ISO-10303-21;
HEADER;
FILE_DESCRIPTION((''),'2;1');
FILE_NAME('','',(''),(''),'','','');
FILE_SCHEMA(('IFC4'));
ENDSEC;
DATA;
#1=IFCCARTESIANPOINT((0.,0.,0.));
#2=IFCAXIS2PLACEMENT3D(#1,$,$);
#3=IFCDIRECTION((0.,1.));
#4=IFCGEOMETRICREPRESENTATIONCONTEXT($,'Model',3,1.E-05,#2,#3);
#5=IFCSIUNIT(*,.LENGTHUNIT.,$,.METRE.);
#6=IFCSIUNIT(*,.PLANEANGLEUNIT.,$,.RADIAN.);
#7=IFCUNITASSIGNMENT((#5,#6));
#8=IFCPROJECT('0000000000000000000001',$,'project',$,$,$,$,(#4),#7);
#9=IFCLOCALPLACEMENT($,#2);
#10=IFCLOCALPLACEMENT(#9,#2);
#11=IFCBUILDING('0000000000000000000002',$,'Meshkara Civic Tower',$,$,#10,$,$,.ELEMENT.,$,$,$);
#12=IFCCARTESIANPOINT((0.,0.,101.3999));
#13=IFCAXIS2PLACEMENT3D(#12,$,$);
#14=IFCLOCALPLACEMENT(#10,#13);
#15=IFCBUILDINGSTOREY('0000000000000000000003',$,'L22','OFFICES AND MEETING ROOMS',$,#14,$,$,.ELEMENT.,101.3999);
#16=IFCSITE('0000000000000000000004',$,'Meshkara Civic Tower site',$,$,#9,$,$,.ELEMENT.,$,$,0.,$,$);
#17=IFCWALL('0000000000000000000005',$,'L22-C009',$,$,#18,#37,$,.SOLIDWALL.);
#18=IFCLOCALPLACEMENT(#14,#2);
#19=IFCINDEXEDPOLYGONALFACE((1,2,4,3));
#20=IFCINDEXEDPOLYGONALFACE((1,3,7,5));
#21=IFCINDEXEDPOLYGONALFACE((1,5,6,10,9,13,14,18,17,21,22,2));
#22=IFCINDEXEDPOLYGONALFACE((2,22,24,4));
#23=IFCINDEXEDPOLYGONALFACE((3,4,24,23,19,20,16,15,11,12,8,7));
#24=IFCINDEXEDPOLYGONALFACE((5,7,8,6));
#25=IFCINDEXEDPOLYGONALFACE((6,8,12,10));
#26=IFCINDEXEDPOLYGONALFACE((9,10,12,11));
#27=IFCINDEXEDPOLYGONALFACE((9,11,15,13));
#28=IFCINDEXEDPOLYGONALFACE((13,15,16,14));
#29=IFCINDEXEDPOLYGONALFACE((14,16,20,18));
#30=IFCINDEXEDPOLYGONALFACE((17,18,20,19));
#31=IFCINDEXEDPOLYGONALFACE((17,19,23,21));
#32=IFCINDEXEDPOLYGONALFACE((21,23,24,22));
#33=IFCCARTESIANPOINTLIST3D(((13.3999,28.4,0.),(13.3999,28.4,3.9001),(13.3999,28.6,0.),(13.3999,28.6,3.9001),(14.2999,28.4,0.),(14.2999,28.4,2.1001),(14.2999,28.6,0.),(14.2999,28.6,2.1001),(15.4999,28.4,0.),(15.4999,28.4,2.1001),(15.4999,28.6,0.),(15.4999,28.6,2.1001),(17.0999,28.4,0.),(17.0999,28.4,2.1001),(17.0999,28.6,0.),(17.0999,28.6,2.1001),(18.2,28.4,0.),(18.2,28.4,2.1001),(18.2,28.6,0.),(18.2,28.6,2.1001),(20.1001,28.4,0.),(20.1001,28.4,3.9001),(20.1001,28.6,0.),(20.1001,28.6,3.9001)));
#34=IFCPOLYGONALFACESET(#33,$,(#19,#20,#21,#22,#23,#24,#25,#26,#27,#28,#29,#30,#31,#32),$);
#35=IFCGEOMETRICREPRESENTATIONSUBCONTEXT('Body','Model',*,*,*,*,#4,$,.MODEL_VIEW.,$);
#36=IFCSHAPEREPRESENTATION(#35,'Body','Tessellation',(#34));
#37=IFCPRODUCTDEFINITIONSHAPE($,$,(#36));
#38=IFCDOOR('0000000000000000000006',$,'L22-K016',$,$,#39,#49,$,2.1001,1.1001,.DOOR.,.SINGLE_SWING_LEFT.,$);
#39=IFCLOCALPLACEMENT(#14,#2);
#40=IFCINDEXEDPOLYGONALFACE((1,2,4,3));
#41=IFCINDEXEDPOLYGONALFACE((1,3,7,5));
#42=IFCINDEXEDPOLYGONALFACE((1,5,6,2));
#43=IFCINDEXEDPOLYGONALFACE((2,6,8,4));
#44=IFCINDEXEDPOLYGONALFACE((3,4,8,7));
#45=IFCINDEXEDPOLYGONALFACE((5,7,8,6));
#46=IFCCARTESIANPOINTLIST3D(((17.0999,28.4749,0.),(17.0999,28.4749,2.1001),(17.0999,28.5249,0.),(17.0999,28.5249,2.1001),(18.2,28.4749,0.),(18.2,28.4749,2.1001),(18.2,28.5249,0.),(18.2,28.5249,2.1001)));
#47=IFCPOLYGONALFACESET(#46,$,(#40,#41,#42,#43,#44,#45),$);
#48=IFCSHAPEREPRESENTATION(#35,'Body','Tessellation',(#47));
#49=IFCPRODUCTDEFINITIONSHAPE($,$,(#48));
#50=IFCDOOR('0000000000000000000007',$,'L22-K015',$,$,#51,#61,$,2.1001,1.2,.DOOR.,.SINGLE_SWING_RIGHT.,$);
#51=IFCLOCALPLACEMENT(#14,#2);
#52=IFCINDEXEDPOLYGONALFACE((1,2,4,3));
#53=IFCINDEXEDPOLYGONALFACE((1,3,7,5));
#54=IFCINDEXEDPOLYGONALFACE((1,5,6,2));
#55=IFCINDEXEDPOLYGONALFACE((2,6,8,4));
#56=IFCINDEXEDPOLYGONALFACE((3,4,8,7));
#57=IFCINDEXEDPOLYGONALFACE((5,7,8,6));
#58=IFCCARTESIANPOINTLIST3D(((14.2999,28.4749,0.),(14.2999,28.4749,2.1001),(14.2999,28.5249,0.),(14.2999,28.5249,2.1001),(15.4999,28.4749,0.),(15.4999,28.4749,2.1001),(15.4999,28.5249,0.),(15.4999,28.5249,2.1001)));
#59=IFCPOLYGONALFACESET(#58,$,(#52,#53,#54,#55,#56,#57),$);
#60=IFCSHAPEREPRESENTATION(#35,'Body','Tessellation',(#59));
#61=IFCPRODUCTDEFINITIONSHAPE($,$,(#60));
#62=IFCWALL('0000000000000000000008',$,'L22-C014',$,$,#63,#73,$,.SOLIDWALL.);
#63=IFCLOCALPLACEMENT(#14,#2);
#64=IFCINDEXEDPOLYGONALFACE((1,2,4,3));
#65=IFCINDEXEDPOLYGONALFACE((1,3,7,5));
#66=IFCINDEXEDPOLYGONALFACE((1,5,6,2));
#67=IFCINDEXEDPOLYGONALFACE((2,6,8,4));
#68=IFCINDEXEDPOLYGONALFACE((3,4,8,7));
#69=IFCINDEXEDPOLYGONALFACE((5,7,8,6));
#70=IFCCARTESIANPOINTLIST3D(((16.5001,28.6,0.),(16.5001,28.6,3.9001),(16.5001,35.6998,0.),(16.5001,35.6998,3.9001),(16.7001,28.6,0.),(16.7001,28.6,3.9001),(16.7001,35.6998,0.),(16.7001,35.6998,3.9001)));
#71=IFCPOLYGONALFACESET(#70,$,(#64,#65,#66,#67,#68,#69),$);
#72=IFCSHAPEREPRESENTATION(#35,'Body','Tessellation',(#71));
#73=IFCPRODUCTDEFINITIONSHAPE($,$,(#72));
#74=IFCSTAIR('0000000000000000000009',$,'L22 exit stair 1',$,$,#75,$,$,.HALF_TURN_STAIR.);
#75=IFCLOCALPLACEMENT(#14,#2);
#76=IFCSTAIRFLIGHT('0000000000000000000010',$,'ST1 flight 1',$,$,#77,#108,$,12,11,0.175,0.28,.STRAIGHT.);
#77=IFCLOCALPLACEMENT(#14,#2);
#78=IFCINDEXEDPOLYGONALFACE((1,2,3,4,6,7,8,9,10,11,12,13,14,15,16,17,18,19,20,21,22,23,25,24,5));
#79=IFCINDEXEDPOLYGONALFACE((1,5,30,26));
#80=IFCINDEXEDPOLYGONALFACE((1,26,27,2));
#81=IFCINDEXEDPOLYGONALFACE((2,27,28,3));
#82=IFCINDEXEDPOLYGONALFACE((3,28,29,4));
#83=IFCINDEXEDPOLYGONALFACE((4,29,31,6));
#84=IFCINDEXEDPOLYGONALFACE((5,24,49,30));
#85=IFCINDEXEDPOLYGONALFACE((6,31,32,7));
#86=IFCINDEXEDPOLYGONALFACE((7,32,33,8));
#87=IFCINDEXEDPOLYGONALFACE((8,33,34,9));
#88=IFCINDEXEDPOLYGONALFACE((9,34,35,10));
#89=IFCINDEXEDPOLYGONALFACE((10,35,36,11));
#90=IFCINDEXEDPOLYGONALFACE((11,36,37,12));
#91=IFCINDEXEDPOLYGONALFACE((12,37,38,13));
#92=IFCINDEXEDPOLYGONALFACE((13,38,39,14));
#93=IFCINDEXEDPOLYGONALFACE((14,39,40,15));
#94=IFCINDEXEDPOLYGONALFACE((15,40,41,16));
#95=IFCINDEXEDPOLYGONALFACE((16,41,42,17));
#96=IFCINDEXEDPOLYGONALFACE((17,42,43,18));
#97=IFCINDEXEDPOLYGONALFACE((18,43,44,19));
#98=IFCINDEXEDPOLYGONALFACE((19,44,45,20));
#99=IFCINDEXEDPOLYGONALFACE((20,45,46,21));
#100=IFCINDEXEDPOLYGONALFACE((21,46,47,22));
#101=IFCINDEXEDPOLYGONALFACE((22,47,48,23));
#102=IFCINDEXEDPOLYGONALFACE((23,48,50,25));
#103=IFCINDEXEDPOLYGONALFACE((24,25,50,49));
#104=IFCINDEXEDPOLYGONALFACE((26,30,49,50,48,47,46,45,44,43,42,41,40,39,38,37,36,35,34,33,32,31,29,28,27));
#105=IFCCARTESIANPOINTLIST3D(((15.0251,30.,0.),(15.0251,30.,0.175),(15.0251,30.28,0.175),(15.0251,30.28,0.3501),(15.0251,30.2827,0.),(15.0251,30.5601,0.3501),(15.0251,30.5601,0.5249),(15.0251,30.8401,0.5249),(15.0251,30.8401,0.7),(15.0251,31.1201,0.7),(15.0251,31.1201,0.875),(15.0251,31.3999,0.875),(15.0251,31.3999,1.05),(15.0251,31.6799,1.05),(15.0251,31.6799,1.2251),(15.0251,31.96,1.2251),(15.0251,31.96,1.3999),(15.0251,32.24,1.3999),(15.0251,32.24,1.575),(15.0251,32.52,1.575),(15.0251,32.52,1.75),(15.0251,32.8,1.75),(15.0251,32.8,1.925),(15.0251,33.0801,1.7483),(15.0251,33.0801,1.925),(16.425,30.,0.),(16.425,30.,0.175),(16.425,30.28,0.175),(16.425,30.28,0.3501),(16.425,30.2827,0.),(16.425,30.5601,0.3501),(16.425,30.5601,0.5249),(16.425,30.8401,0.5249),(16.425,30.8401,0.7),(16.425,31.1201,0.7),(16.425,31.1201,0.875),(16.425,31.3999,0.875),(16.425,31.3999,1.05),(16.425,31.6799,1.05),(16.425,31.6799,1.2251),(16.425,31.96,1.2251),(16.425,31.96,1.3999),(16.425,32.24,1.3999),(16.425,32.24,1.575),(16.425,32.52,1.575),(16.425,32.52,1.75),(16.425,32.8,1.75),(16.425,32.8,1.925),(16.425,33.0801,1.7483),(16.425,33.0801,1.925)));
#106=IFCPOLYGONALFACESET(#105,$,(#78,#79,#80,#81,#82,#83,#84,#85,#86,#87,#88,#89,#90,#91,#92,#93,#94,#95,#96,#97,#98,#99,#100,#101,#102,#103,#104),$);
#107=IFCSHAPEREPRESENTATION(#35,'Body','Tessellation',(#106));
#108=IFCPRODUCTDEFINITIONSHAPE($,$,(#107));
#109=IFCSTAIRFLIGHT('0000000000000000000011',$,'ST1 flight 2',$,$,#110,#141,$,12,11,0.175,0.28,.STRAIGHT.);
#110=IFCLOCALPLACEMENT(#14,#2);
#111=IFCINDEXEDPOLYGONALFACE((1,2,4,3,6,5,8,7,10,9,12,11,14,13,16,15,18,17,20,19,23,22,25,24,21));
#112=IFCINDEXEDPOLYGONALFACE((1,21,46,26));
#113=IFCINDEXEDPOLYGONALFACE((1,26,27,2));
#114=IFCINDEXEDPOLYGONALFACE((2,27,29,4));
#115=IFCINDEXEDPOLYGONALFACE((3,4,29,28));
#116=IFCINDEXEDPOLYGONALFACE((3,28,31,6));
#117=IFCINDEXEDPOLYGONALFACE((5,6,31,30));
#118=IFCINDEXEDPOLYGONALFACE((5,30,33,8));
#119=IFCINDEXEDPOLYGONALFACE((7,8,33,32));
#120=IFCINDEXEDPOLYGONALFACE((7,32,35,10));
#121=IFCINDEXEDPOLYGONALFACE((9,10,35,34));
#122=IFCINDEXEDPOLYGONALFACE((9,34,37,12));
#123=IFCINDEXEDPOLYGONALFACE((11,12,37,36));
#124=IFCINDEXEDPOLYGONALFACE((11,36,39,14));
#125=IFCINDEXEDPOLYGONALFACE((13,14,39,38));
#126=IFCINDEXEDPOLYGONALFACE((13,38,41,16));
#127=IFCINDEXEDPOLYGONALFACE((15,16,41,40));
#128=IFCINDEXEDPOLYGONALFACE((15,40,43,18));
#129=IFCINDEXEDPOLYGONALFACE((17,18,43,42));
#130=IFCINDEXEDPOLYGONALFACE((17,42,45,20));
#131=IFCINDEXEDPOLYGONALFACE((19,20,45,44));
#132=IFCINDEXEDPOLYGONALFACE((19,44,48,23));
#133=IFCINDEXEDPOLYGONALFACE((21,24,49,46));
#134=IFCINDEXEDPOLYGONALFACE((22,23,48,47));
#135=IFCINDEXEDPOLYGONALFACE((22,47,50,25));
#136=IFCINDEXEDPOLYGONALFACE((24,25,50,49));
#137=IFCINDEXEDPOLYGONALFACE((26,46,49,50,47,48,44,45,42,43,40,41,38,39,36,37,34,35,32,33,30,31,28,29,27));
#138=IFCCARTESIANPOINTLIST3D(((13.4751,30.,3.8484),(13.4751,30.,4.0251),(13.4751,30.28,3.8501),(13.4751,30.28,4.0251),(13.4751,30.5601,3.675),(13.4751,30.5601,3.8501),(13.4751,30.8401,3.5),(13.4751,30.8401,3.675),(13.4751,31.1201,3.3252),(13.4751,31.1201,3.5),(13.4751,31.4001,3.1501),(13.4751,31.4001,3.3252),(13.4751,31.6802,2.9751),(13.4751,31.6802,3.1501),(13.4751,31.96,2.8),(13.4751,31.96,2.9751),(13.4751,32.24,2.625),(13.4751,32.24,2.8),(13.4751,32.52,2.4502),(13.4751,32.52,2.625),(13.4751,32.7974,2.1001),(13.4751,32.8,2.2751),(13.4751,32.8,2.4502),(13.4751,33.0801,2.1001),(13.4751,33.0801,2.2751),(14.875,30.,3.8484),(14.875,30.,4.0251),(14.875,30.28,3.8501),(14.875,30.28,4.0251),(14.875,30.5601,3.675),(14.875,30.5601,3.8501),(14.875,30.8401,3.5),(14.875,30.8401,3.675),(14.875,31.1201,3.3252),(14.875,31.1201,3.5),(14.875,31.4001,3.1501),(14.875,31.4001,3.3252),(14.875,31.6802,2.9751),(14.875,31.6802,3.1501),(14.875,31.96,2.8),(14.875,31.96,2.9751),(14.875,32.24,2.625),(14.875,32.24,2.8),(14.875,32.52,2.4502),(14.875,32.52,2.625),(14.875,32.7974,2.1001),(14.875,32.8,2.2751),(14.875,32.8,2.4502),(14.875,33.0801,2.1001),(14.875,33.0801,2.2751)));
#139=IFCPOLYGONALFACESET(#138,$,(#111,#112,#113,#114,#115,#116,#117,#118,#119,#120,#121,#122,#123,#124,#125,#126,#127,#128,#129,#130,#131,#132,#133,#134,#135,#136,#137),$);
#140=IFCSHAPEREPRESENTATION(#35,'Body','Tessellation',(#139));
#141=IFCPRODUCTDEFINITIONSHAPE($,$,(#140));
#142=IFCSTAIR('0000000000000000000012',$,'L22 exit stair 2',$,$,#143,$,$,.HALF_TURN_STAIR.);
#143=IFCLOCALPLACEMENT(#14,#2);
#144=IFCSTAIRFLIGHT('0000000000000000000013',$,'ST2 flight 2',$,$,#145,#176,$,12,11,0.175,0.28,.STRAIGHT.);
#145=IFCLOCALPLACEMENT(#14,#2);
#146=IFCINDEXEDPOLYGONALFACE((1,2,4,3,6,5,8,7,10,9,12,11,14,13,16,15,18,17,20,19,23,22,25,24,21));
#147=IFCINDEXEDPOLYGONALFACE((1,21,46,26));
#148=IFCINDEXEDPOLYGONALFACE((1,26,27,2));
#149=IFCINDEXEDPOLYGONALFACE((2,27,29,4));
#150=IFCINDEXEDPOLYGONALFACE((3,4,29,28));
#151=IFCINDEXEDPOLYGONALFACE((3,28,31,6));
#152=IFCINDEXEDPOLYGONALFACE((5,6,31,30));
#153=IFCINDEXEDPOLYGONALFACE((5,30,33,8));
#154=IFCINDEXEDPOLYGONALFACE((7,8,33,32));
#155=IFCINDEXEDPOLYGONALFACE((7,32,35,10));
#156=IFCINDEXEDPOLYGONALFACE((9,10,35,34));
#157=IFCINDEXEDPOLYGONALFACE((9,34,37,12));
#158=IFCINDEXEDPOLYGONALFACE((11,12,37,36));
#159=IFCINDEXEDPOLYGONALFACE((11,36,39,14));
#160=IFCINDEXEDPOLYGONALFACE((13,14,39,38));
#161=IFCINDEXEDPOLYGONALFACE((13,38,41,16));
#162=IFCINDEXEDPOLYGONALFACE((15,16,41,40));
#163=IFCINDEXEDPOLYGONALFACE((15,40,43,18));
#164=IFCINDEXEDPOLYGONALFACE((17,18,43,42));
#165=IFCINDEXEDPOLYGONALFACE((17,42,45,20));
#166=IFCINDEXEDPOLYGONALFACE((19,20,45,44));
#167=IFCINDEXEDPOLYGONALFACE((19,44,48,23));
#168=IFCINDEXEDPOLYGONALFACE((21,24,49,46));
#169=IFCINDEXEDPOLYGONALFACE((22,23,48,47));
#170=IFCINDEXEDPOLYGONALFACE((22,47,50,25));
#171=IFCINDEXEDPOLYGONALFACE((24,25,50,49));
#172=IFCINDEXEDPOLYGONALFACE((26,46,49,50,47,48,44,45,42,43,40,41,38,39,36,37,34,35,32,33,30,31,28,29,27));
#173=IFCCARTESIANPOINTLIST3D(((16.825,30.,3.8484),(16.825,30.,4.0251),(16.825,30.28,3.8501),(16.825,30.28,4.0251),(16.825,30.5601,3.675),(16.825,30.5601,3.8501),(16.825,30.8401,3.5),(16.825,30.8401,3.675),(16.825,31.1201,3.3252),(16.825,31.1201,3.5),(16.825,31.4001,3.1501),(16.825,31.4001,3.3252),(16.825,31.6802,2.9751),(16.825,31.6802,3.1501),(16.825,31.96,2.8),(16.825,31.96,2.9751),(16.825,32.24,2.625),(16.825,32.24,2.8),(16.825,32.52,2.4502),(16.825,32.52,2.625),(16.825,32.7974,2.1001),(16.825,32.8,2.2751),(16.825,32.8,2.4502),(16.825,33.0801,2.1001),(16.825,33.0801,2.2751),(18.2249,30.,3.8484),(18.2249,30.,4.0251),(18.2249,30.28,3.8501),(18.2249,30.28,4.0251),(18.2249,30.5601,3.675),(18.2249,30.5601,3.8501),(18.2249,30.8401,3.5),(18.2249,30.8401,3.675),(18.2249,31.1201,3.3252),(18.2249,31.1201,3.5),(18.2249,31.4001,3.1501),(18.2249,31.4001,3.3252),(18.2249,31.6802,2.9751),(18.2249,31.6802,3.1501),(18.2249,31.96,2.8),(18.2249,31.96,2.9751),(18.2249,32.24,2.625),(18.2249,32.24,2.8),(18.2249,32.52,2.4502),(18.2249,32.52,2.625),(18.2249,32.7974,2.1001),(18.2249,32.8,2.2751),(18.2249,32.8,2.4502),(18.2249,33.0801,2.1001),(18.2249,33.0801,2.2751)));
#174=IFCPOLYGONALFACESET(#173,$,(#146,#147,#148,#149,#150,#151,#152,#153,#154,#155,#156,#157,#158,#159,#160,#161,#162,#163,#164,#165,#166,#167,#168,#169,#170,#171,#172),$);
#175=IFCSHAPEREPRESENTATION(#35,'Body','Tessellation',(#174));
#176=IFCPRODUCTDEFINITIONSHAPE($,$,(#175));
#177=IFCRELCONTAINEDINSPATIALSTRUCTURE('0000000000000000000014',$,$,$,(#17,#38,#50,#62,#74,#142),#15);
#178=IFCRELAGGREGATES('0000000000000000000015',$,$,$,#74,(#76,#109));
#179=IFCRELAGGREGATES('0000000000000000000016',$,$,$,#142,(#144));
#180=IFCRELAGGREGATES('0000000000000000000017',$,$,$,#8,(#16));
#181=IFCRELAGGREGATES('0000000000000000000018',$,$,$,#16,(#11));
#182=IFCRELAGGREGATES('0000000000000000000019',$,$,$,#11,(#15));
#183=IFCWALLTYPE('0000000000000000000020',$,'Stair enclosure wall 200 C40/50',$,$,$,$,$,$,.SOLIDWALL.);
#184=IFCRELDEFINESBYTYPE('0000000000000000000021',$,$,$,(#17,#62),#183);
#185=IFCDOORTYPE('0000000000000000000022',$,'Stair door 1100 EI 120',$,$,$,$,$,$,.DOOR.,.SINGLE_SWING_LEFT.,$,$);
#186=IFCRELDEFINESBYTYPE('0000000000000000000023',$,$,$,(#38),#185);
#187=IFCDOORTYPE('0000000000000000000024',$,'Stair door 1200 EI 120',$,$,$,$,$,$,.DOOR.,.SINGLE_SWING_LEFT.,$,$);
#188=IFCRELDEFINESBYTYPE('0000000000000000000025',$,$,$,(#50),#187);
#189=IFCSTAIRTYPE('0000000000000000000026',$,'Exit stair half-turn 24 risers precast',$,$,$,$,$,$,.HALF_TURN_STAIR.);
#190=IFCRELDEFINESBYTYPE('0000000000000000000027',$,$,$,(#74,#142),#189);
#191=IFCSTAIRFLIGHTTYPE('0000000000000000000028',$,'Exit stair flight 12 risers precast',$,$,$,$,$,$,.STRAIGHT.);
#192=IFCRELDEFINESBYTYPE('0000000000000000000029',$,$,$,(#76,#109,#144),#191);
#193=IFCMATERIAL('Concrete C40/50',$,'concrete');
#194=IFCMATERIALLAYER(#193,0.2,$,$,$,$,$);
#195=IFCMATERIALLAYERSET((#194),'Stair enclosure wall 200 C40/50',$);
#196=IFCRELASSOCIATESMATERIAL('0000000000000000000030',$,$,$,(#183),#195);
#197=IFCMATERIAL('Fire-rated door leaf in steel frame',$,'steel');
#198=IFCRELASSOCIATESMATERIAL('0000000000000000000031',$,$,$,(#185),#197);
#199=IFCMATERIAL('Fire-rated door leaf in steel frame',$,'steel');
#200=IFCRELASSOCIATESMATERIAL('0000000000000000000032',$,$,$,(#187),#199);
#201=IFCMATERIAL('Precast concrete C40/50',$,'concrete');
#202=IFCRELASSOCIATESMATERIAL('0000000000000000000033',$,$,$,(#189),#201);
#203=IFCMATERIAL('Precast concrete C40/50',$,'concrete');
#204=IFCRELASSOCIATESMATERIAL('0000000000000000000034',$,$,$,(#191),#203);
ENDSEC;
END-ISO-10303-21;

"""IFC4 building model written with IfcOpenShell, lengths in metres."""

from ifc_helpers import new_model, si_unit, direction, frame, frame_2d, origin, place, context, subcontext, project, spatial, polyline, rectangle, outline, extrude, material, layer, layer_set, type_object, element, fill, aggregate, save


model = new_model("IFC4")

# Units and contexts
model_context = context("Model", 3, precision=1e-05, world=origin(), true_north=direction((0.0, 1.0)))
body_context = subcontext(model_context, "Body", "Model", "MODEL_VIEW")
ifc_project = project(units=[si_unit("LENGTHUNIT", "METRE"), si_unit("PLANEANGLEUNIT", "RADIAN")], contexts=[model_context])

# Site, building, storey
site_placement = place(None, origin())
site = spatial("IfcSite", under=ifc_project, at=site_placement, Name="Meshkara Civic Tower site", CompositionType="ELEMENT", RefElevation=0.0)
building_placement = place(site_placement, origin())
building = spatial("IfcBuilding", under=site, at=building_placement, Name="Meshkara Civic Tower", CompositionType="ELEMENT")
storey_placement = place(building_placement, frame((0.0, 0.0, 101.3999)))
storey = spatial("IfcBuildingStorey", under=building, at=storey_placement, Name="L22", Description="OFFICES AND MEETING ROOMS", CompositionType="ELEMENT", Elevation=101.3999)

# Wall, openings, doors
ifc_material_1 = material(Name="Concrete C40/50", Category="concrete")
ifc_layer_1 = layer(ifc_material_1, 0.2)
ifc_layer_set_1 = layer_set([ifc_layer_1], Name="Stair enclosure wall 200 C40/50")
wall_type_1 = type_object("IfcWallType", Name="Stair enclosure wall 200 C40/50", PredefinedType="SOLIDWALL", material=ifc_layer_set_1)
wall_1_placement = place(storey_placement, frame((13.3999, 28.5, 0.0), z_axis=(0.0, 0.0, 1.0), x_axis=(1.0, 0.0, 0.0)))
wall_1 = element("IfcWall", 1, at=wall_1_placement, inside=storey, type_object=wall_type_1, Name="L22-C009", PredefinedType="SOLIDWALL", context=body_context, shape_type="SweptSolid", body=[
    extrude(rectangle(XDim=6.7002, YDim=0.2, at=frame_2d((3.3501, 0.0))), origin(), (0.0, 0.0, 1.0), 3.9001),
])
opening_1_placement = place(wall_1_placement, frame((0.8999, 0.0, 0.0)))
opening_1 = element("IfcOpeningElement", 2, at=opening_1_placement, cuts=wall_1, PredefinedType="OPENING", context=body_context, shape_type="SweptSolid", body=[
    extrude(rectangle(XDim=1.2, YDim=2.1001, at=frame_2d((0.6001, 1.05))), frame((0.0, 0.1099, 0.0), z_axis=(0.0, -1.0, 0.0), x_axis=(1.0, 0.0, 0.0)), (0.0, 0.0, 1.0), 0.22),
])
opening_2_placement = place(wall_1_placement, frame((3.7, 0.0, 0.0)))
opening_2 = element("IfcOpeningElement", 3, at=opening_2_placement, cuts=wall_1, PredefinedType="OPENING", context=body_context, shape_type="SweptSolid", body=[
    extrude(rectangle(XDim=1.1001, YDim=2.1001, at=frame_2d((0.55, 1.05))), frame((0.0, 0.1099, 0.0), z_axis=(0.0, -1.0, 0.0), x_axis=(1.0, 0.0, 0.0)), (0.0, 0.0, 1.0), 0.22),
])
ifc_material_2 = material(Name="Fire-rated door leaf in steel frame", Category="steel")
door_type_1 = type_object("IfcDoorType", Name="Stair door 1100 EI 120", OperationType="SINGLE_SWING_LEFT", PredefinedType="DOOR", material=ifc_material_2)
door_1_placement = place(opening_2_placement, origin())
door_1 = element("IfcDoor", 4, at=door_1_placement, inside=storey, type_object=door_type_1, Name="L22-K016", OperationType="SINGLE_SWING_LEFT", OverallHeight=2.1001, OverallWidth=1.1001, PredefinedType="DOOR", context=body_context, shape_type="SweptSolid", body=[
    extrude(rectangle(XDim=1.1001, YDim=2.1001, at=frame_2d((0.55, 1.05))), frame((0.0, 0.0249, 0.0), z_axis=(0.0, -1.0, 0.0), x_axis=(1.0, 0.0, 0.0)), (0.0, 0.0, 1.0), 0.05),
])
fill(opening_2, door_1)
ifc_material_3 = material(Name="Fire-rated door leaf in steel frame", Category="steel")
door_type_2 = type_object("IfcDoorType", Name="Stair door 1200 EI 120", OperationType="SINGLE_SWING_LEFT", PredefinedType="DOOR", material=ifc_material_3)
door_2_placement = place(opening_1_placement, origin())
door_2 = element("IfcDoor", 5, at=door_2_placement, inside=storey, type_object=door_type_2, Name="L22-K015", OperationType="SINGLE_SWING_RIGHT", OverallHeight=2.1001, OverallWidth=1.2, PredefinedType="DOOR", context=body_context, shape_type="SweptSolid", body=[
    extrude(rectangle(XDim=1.2, YDim=2.1001, at=frame_2d((0.6001, 1.05))), frame((0.0, 0.0249, 0.0), z_axis=(0.0, -1.0, 0.0), x_axis=(1.0, 0.0, 0.0)), (0.0, 0.0, 1.0), 0.05),
])
fill(opening_1, door_2)

# Wall
wall_2_placement = place(storey_placement, frame((16.6001, 28.6001, 0.0), z_axis=(0.0, 0.0, 1.0), x_axis=(0.0, 1.0, 0.0)))
element("IfcWall", 6, at=wall_2_placement, inside=storey, type_object=wall_type_1, Name="L22-C014", PredefinedType="SOLIDWALL", context=body_context, shape_type="SweptSolid", body=[
    extrude(rectangle(XDim=7.0999, YDim=0.2, at=frame_2d((3.5498, 0.0))), origin(), (0.0, 0.0, 1.0), 3.9001),
])

# Stair, stair flights
ifc_material_4 = material(Name="Precast concrete C40/50", Category="concrete")
stair_type = type_object("IfcStairType", Name="Exit stair half-turn 24 risers precast", PredefinedType="HALF_TURN_STAIR", material=ifc_material_4)
stair_1_placement = place(storey_placement, origin())
stair_1 = element("IfcStair", 7, at=stair_1_placement, inside=storey, type_object=stair_type, Name="L22 exit stair 1", PredefinedType="HALF_TURN_STAIR")
ifc_material_5 = material(Name="Precast concrete C40/50", Category="concrete")
stair_flight_type = type_object("IfcStairFlightType", Name="Exit stair flight 12 risers precast", PredefinedType="STRAIGHT", material=ifc_material_5)
stair_flight_1_placement = place(storey_placement, frame((15.7251, 30.0, 0.0), z_axis=(0.0, 0.0, 1.0), x_axis=(0.0, 1.0, 0.0)))
stair_flight_1 = element("IfcStairFlight", 8, at=stair_flight_1_placement, type_object=stair_flight_type, Name="ST1 flight 1", NumberOfRisers=12, NumberOfTreads=11, PredefinedType="STRAIGHT", RiserHeight=0.175, TreadLength=0.28, context=body_context, shape_type="SweptSolid", body=[
    extrude(outline(polyline([(0.0, 0.0), (0.0, 0.175), (0.28, 0.175), (0.28, 0.3501), (0.5601, 0.3501), (0.5601, 0.5249), (0.8401, 0.5249), (0.8401, 0.7), (1.1201, 0.7), (1.1201, 0.875), (1.3999, 0.875), (1.3999, 1.05), (1.6799, 1.05), (1.6799, 1.2251), (1.96, 1.2251), (1.96, 1.3999), (2.24, 1.3999), (2.24, 1.575), (2.52, 1.575), (2.52, 1.75), (2.8, 1.75), (2.8, 1.925), (3.0801, 1.925), (3.0801, 2.1001), (3.0801, 1.7483), (0.2827, 0.0), (0.0, 0.0)])), frame((0.0, 0.7, 0.0), z_axis=(0.0, -1.0, 0.0), x_axis=(1.0, 0.0, 0.0)), (0.0, 0.0, 1.0), 1.3999),
])
stair_flight_2_placement = place(storey_placement, frame((14.175, 33.0801, 2.1001), z_axis=(0.0, 0.0, 1.0), x_axis=(0.0, -1.0, 0.0)))
stair_flight_2 = element("IfcStairFlight", 9, at=stair_flight_2_placement, type_object=stair_flight_type, Name="ST1 flight 2", NumberOfRisers=12, NumberOfTreads=11, PredefinedType="STRAIGHT", RiserHeight=0.175, TreadLength=0.28, context=body_context, shape_type="SweptSolid", body=[
    extrude(outline(polyline([(0.0, 0.0), (0.0, 0.175), (0.28, 0.175), (0.28, 0.3501), (0.5601, 0.3501), (0.5601, 0.5249), (0.8401, 0.5249), (0.8401, 0.7), (1.1201, 0.7), (1.1201, 0.875), (1.3999, 0.875), (1.3999, 1.05), (1.6799, 1.05), (1.6799, 1.2251), (1.96, 1.2251), (1.96, 1.3999), (2.24, 1.3999), (2.24, 1.575), (2.52, 1.575), (2.52, 1.75), (2.8, 1.75), (2.8, 1.925), (3.0801, 1.925), (3.0801, 2.1001), (3.0801, 1.7483), (0.2827, 0.0), (0.0, 0.0)])), frame((0.0, 0.7, 0.0), z_axis=(0.0, -1.0, 0.0), x_axis=(1.0, 0.0, 0.0)), (0.0, 0.0, 1.0), 1.3999),
])
aggregate(stair_1, [stair_flight_1, stair_flight_2])

# Stair, stair flight
stair_2_placement = place(storey_placement, origin())
stair_2 = element("IfcStair", 10, at=stair_2_placement, inside=storey, type_object=stair_type, Name="L22 exit stair 2", PredefinedType="HALF_TURN_STAIR")
stair_flight_3_placement = place(storey_placement, frame((17.5249, 33.0801, 2.1001), z_axis=(0.0, 0.0, 1.0), x_axis=(0.0, -1.0, 0.0)))
stair_flight_3 = element("IfcStairFlight", 11, at=stair_flight_3_placement, type_object=stair_flight_type, Name="ST2 flight 2", NumberOfRisers=12, NumberOfTreads=11, PredefinedType="STRAIGHT", RiserHeight=0.175, TreadLength=0.28, context=body_context, shape_type="SweptSolid", body=[
    extrude(outline(polyline([(0.0, 0.0), (0.0, 0.175), (0.28, 0.175), (0.28, 0.3501), (0.5601, 0.3501), (0.5601, 0.5249), (0.8401, 0.5249), (0.8401, 0.7), (1.1201, 0.7), (1.1201, 0.875), (1.3999, 0.875), (1.3999, 1.05), (1.6799, 1.05), (1.6799, 1.2251), (1.96, 1.2251), (1.96, 1.3999), (2.24, 1.3999), (2.24, 1.575), (2.52, 1.575), (2.52, 1.75), (2.8, 1.75), (2.8, 1.925), (3.0801, 1.925), (3.0801, 2.1001), (3.0801, 1.7483), (0.2827, 0.0), (0.0, 0.0)])), frame((0.0, 0.7, 0.0), z_axis=(0.0, -1.0, 0.0), x_axis=(1.0, 0.0, 0.0)), (0.0, 0.0, 1.0), 1.3999),
])
aggregate(stair_2, [stair_flight_3])

save(model, "model.ifc")
